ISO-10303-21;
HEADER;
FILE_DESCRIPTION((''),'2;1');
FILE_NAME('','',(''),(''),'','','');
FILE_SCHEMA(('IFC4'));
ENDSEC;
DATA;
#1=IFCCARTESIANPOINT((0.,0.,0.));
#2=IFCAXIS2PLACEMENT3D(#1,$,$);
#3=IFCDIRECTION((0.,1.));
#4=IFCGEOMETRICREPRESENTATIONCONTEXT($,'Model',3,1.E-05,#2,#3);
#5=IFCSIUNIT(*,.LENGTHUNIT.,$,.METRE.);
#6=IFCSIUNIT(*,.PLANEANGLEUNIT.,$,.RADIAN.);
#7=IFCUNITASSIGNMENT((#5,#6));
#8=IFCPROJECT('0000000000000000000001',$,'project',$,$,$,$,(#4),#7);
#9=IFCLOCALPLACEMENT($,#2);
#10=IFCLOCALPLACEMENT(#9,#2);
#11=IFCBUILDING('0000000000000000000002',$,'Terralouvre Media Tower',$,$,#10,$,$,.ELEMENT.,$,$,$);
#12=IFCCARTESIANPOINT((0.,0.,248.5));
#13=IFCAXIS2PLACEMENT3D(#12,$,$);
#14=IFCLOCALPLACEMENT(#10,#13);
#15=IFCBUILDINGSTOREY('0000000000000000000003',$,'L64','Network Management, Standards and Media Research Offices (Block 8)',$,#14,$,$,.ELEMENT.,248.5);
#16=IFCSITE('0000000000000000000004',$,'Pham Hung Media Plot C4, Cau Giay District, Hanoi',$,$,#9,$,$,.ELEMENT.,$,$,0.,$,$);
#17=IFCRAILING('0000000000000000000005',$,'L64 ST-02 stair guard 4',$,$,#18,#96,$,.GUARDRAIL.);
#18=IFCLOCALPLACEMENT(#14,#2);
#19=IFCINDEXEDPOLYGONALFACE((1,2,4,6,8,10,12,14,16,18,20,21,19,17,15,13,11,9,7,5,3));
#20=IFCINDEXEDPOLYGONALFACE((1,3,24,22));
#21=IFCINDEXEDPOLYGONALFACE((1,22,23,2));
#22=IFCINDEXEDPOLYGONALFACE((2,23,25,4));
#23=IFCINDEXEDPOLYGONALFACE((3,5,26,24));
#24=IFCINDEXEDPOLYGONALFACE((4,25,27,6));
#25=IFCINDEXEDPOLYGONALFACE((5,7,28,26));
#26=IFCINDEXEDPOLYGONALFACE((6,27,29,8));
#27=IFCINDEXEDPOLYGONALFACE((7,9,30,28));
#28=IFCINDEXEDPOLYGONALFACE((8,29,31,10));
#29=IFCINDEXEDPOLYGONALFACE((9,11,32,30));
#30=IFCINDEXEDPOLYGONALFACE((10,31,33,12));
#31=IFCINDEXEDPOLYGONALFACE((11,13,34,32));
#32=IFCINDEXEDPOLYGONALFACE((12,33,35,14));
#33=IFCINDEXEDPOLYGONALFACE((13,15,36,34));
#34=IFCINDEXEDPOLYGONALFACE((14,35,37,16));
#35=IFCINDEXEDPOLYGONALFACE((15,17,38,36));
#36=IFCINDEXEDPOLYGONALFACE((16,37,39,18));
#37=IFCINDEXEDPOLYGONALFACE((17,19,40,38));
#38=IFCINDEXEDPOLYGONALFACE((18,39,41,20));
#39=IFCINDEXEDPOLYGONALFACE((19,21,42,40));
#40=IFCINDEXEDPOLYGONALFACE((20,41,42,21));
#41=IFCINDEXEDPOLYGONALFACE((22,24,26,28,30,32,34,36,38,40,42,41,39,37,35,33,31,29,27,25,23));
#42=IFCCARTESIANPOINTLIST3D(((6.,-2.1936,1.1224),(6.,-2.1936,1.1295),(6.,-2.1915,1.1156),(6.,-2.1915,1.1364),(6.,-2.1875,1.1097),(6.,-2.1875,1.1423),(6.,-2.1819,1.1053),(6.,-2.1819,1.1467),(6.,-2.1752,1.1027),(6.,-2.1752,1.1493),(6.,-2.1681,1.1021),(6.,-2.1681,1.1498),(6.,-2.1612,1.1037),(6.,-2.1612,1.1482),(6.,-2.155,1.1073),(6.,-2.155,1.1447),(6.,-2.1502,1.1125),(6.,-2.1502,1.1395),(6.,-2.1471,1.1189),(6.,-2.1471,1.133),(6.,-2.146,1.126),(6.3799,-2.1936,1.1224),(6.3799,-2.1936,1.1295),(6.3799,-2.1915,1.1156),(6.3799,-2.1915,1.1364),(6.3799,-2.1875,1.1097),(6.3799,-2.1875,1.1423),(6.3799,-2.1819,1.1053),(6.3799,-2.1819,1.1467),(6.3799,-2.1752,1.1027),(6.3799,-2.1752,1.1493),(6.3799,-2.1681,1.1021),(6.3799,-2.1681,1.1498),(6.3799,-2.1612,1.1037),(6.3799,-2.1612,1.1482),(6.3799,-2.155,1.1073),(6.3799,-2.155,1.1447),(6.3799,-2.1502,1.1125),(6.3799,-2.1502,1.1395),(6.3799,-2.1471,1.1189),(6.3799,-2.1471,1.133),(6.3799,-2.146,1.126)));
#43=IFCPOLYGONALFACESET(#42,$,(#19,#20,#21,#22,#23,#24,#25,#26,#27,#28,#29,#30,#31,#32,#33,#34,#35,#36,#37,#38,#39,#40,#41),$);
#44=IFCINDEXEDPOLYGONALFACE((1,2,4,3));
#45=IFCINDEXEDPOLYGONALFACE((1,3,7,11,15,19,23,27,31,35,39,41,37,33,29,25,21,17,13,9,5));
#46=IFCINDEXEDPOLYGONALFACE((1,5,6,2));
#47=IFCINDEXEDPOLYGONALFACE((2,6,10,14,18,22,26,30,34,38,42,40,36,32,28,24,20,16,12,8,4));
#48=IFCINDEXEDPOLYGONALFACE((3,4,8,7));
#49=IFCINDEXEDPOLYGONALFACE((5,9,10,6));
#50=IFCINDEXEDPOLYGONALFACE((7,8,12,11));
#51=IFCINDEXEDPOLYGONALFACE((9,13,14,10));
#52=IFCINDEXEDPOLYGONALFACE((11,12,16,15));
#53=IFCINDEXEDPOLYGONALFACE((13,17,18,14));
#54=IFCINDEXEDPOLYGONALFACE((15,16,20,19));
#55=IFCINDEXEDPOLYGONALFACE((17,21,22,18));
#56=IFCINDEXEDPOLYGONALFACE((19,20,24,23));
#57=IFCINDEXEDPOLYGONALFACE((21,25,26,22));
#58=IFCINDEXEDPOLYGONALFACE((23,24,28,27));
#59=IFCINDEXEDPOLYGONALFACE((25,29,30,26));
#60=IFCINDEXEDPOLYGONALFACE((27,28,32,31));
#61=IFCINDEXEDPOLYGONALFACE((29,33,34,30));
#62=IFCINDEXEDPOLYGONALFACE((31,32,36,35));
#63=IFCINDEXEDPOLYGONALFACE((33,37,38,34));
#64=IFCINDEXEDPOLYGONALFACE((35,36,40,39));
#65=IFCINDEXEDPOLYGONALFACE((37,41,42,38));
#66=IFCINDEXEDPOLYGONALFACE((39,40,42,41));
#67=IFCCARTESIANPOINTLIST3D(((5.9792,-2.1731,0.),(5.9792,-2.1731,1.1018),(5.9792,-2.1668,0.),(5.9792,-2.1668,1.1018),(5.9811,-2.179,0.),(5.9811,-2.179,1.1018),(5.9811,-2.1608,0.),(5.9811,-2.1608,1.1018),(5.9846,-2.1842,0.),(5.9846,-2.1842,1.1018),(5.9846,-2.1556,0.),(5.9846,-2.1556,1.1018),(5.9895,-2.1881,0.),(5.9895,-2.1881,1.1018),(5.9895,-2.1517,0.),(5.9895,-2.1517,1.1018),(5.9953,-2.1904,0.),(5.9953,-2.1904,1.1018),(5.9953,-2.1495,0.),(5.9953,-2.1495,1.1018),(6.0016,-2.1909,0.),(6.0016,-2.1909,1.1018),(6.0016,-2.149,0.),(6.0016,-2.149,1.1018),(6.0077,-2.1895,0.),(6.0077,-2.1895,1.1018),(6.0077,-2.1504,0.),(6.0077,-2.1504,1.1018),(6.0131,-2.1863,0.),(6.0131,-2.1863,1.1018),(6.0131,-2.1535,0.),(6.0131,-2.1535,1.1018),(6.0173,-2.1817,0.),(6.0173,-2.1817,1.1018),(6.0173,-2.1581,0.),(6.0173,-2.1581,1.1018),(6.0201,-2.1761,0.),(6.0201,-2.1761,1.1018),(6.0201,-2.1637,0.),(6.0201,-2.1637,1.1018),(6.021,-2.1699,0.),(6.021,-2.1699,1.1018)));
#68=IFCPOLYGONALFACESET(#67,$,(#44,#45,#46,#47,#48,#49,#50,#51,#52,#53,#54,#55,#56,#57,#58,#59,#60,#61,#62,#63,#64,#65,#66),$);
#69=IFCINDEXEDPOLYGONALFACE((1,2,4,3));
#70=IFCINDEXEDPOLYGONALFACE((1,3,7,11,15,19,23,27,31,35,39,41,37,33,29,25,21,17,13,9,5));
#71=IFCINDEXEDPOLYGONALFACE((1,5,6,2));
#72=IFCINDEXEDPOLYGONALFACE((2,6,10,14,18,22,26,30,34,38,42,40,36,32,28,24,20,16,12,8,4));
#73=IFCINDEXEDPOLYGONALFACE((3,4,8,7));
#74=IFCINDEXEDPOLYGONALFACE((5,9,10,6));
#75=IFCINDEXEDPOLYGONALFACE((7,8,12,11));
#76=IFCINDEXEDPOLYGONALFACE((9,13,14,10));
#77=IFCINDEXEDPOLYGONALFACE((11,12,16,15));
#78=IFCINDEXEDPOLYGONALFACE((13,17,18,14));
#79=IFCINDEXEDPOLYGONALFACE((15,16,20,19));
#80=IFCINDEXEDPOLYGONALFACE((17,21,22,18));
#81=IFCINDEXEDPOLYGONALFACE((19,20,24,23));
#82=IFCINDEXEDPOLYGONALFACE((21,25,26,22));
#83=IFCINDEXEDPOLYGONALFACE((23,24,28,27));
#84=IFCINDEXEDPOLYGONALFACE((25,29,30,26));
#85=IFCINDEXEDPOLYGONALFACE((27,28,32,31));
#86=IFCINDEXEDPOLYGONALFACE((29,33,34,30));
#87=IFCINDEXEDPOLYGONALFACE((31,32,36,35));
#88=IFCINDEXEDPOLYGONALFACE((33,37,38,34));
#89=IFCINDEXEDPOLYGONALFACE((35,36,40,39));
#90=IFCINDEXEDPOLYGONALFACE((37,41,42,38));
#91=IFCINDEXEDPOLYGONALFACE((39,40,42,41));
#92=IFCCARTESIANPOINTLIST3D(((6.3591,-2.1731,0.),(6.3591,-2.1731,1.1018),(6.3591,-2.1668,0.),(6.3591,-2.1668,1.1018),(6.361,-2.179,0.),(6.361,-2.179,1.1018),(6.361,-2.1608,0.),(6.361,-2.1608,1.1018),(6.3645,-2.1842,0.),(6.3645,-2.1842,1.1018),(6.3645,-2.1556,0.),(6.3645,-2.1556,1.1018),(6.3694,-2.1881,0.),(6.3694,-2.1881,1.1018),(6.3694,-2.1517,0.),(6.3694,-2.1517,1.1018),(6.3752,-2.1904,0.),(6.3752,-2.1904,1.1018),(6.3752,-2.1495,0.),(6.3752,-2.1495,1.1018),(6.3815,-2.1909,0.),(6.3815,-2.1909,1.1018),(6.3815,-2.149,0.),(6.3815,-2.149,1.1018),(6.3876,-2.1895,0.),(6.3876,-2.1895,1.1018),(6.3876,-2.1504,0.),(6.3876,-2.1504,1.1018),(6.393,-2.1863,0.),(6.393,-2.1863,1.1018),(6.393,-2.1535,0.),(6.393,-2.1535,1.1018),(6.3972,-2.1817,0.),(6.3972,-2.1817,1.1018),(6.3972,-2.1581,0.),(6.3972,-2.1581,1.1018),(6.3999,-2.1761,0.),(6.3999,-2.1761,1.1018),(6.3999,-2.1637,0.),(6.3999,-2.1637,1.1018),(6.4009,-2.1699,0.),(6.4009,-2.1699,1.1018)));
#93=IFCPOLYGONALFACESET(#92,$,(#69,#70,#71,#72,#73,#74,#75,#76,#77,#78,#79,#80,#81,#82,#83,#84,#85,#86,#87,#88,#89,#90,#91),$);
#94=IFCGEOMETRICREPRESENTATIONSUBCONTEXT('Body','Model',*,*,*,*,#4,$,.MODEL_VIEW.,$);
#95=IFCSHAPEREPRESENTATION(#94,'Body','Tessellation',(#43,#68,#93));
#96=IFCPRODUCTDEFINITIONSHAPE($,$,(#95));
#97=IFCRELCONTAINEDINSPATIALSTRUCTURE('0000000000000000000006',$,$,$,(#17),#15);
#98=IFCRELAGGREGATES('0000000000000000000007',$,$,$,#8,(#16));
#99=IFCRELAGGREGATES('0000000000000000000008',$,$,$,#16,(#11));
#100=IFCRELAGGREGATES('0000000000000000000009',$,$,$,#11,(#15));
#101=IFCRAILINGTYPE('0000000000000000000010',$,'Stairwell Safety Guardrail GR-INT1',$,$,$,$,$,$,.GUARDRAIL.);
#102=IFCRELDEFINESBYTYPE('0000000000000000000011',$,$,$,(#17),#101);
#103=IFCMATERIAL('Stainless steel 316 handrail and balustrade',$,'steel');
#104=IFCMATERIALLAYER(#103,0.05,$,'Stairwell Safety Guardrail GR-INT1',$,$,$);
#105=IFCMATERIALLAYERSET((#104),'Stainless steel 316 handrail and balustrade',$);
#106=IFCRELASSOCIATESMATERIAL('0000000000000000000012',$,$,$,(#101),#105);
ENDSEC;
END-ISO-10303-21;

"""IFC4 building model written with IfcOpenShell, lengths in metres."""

from ifc_helpers import new_model, si_unit, direction, frame, origin, origin_2d, place, context, subcontext, project, spatial, circle, extrude, material, layer, layer_set, type_object, element, save


model = new_model("IFC4")

# Units and contexts
model_context = context("Model", 3, precision=1e-05, world=origin(), true_north=direction((0.0, 1.0)))
body_context = subcontext(model_context, "Body", "Model", "MODEL_VIEW")
ifc_project = project(units=[si_unit("LENGTHUNIT", "METRE"), si_unit("PLANEANGLEUNIT", "RADIAN")], contexts=[model_context])

# Site, building, storey
site_placement = place(None, origin())
site = spatial("IfcSite", under=ifc_project, at=site_placement, Name="Pham Hung Media Plot C4, Cau Giay District, Hanoi", CompositionType="ELEMENT", RefElevation=0.0)
building_placement = place(site_placement, origin())
building = spatial("IfcBuilding", under=site, at=building_placement, Name="Terralouvre Media Tower", CompositionType="ELEMENT")
storey_placement = place(building_placement, frame((0.0, 0.0, 248.5)))
storey = spatial("IfcBuildingStorey", under=building, at=storey_placement, Name="L64", Description="Network Management, Standards and Media Research Offices (Block 8)", CompositionType="ELEMENT", Elevation=248.5)

# Railing
ifc_material_1 = material(Name="Stainless steel 316 handrail and balustrade", Category="steel")
ifc_layer_1 = layer(ifc_material_1, 0.05, Name="Stairwell Safety Guardrail GR-INT1")
ifc_layer_set_1 = layer_set([ifc_layer_1], Name="Stainless steel 316 handrail and balustrade")
railing_type_1 = type_object("IfcRailingType", Name="Stairwell Safety Guardrail GR-INT1", PredefinedType="GUARDRAIL", material=ifc_layer_set_1)
railing_1_placement = place(storey_placement, frame((6.0, -2.1699, 0.0)))
element("IfcRailing", 1, at=railing_1_placement, inside=storey, type_object=railing_type_1, Name="L64 ST-02 stair guard 4", PredefinedType="GUARDRAIL", context=body_context, shape_type="SweptSolid", body=[
    extrude(circle(Radius=0.0239, at=origin_2d()), frame((0.0, 0.0, 1.126), z_axis=(1.0, 0.0, 0.0), x_axis=(0.0, 1.0, 0.0)), (0.0, 0.0, 1.0), 0.3799),
    extrude(circle(Radius=0.021, at=origin_2d()), origin(), (0.0, 0.0, 1.0), 1.1018),
    extrude(circle(Radius=0.021, at=origin_2d()), frame((0.3799, 0.0, 0.0)), (0.0, 0.0, 1.0), 1.1018),
])

save(model, "model.ifc")
